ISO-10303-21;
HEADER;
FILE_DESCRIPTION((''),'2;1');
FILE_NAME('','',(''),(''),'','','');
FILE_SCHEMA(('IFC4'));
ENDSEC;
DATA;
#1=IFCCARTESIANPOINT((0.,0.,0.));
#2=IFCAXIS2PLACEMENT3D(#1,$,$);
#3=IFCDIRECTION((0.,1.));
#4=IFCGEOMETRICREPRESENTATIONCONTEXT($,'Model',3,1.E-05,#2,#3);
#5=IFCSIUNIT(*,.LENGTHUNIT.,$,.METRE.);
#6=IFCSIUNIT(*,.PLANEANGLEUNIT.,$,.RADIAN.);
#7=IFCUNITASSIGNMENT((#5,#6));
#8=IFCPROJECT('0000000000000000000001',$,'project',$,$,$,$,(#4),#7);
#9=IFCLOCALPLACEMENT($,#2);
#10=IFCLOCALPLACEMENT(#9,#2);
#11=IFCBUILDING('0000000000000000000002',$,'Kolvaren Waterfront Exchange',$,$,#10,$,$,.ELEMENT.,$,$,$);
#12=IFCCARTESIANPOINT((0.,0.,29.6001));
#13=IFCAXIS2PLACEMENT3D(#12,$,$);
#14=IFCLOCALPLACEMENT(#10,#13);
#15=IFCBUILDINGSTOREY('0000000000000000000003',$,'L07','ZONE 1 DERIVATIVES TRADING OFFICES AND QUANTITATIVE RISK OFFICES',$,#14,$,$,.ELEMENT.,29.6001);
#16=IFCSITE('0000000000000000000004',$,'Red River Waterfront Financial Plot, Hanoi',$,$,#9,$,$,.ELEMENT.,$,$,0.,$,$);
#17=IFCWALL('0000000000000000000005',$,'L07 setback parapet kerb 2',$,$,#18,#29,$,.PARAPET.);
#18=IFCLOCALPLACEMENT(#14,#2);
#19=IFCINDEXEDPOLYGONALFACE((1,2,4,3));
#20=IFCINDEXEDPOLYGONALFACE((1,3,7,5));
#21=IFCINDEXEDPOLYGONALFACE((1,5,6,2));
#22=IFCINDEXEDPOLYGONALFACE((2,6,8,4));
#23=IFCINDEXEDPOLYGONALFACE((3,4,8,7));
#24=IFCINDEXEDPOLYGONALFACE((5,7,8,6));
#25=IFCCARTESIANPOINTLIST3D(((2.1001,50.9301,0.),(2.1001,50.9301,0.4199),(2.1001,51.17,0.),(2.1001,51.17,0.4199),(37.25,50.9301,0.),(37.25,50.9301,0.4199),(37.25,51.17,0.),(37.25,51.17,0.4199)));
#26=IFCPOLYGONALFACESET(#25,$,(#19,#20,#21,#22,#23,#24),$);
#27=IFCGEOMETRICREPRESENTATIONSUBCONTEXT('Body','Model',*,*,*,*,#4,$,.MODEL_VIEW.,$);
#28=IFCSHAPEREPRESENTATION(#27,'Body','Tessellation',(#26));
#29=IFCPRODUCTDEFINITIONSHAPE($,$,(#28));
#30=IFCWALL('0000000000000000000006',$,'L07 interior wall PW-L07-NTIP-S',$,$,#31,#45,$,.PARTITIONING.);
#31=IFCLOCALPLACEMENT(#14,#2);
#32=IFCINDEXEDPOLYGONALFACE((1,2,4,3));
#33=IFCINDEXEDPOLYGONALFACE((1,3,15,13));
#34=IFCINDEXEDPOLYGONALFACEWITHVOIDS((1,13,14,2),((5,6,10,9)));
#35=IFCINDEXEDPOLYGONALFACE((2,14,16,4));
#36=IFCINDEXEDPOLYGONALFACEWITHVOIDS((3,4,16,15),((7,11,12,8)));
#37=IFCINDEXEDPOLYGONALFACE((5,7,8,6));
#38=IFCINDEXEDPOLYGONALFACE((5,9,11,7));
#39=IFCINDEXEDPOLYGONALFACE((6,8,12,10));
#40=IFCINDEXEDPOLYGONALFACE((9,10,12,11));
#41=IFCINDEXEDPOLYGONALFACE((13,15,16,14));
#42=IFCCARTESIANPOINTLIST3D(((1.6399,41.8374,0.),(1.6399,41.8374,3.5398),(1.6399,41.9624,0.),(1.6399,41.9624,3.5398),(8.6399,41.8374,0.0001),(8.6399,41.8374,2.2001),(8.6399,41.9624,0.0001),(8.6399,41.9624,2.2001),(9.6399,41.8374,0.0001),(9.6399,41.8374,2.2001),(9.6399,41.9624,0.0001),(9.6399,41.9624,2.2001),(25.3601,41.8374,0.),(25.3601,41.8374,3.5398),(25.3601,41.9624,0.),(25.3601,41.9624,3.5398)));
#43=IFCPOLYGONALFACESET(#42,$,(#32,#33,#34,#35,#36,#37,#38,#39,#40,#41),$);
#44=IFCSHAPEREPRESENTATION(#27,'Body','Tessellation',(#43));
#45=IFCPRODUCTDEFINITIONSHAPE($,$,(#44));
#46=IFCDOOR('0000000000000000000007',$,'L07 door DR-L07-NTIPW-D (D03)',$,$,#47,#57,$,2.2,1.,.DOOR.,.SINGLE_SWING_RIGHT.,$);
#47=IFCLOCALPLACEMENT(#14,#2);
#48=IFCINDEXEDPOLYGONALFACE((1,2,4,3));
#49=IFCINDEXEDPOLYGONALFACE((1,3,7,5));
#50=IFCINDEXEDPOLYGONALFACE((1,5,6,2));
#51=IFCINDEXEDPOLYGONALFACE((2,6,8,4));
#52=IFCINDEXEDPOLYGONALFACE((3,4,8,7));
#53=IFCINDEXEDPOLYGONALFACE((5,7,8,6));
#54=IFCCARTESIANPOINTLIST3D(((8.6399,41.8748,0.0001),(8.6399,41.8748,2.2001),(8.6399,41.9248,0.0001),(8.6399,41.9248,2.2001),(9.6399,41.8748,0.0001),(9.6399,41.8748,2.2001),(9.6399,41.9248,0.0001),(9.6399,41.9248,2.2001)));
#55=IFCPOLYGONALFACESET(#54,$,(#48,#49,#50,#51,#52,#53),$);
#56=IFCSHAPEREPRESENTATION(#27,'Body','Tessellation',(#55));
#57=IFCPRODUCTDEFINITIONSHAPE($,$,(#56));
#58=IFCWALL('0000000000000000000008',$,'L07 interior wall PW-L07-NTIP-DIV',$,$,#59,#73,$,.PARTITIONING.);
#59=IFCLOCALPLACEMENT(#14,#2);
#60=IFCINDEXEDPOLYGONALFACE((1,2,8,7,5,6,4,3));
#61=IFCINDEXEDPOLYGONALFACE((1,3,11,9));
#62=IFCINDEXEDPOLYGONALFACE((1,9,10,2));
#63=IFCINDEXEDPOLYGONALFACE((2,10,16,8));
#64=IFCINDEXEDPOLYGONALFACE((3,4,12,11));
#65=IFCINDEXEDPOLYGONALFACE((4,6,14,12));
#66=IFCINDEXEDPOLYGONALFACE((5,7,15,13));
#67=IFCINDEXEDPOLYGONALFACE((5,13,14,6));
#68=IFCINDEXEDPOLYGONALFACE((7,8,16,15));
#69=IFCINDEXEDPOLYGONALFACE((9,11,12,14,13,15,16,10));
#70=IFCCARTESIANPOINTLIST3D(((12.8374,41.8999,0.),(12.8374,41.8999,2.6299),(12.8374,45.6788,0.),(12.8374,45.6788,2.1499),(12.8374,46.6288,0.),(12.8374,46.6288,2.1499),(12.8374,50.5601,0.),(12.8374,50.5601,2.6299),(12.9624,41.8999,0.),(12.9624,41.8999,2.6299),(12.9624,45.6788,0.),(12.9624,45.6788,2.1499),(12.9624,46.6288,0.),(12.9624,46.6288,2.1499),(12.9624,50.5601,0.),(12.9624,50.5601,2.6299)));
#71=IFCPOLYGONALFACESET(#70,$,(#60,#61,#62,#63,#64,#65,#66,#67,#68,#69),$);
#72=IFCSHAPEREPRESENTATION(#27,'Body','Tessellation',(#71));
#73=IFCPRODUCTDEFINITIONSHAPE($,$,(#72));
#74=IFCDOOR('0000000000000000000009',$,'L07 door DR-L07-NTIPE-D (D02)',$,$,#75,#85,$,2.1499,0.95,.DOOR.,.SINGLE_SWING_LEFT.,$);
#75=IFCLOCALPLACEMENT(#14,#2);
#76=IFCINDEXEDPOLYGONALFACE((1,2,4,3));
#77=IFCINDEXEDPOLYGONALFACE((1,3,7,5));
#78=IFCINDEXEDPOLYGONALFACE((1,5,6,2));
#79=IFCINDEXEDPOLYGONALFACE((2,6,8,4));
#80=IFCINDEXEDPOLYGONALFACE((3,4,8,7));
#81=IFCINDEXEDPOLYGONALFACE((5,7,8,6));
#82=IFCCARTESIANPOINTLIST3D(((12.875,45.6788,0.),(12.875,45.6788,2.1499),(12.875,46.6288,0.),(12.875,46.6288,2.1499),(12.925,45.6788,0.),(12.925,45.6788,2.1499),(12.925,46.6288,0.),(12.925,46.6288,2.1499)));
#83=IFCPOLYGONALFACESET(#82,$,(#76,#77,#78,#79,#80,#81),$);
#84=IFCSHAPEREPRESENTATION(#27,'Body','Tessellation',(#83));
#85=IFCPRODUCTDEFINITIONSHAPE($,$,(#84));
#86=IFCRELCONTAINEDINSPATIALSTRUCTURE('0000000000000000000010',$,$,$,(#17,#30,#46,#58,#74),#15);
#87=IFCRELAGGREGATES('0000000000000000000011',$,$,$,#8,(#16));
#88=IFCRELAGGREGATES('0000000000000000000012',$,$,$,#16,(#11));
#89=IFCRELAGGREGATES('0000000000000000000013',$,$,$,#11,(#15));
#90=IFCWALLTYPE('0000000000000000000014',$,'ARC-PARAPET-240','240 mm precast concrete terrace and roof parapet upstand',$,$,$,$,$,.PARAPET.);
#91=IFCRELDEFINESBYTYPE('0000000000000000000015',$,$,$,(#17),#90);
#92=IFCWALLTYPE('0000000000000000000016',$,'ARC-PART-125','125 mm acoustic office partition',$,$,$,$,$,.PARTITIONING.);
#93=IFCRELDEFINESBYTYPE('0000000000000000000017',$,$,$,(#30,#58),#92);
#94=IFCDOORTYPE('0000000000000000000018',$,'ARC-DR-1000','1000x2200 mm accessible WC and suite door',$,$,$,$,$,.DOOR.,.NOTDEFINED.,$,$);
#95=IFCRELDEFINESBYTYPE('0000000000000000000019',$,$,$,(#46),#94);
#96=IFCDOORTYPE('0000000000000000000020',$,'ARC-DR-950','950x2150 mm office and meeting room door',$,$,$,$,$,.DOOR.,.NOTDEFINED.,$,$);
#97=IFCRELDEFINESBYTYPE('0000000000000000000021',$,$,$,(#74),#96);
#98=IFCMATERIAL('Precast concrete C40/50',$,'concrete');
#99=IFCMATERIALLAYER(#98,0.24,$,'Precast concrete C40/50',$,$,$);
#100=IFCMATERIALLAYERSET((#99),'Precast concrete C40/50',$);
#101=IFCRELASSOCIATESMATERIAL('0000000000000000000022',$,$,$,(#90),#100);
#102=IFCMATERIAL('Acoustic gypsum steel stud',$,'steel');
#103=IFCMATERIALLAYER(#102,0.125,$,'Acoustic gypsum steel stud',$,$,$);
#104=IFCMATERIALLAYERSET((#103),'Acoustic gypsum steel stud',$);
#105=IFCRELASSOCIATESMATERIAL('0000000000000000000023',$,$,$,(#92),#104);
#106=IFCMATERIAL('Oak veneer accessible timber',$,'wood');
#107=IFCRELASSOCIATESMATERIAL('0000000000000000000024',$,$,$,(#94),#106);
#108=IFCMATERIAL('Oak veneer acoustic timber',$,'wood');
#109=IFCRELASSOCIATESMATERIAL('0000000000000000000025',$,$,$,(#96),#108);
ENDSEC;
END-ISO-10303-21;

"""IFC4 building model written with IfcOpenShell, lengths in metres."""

from ifc_helpers import new_model, si_unit, direction, frame, frame_2d, origin, place, context, subcontext, project, spatial, rectangle, extrude, material, layer, layer_set, type_object, element, fill, save


model = new_model("IFC4")

# Units and contexts
model_context = context("Model", 3, precision=1e-05, world=origin(), true_north=direction((0.0, 1.0)))
body_context = subcontext(model_context, "Body", "Model", "MODEL_VIEW")
ifc_project = project(units=[si_unit("LENGTHUNIT", "METRE"), si_unit("PLANEANGLEUNIT", "RADIAN")], contexts=[model_context])

# Site, building, storey
site_placement = place(None, origin())
site = spatial("IfcSite", under=ifc_project, at=site_placement, Name="Red River Waterfront Financial Plot, Hanoi", CompositionType="ELEMENT", RefElevation=0.0)
building_placement = place(site_placement, origin())
building = spatial("IfcBuilding", under=site, at=building_placement, Name="Kolvaren Waterfront Exchange", CompositionType="ELEMENT")
storey_placement = place(building_placement, frame((0.0, 0.0, 29.6001)))
storey = spatial("IfcBuildingStorey", under=building, at=storey_placement, Name="L07", Description="ZONE 1 DERIVATIVES TRADING OFFICES AND QUANTITATIVE RISK OFFICES", CompositionType="ELEMENT", Elevation=29.6001)

# Wall
ifc_material_1 = material(Name="Precast concrete C40/50", Category="concrete")
ifc_layer_1 = layer(ifc_material_1, 0.24, Name="Precast concrete C40/50")
ifc_layer_set_1 = layer_set([ifc_layer_1], Name="Precast concrete C40/50")
wall_type_1 = type_object("IfcWallType", Name="ARC-PARAPET-240", Description="240 mm precast concrete terrace and roof parapet upstand", PredefinedType="PARAPET", material=ifc_layer_set_1)
wall_1_placement = place(storey_placement, frame((2.1001, 51.05, 0.0), z_axis=(0.0, 0.0, 1.0), x_axis=(1.0, 0.0, 0.0)))
element("IfcWall", 1, at=wall_1_placement, inside=storey, type_object=wall_type_1, Name="L07 setback parapet kerb 2", PredefinedType="PARAPET", context=body_context, shape_type="SweptSolid", body=[
    extrude(rectangle(XDim=35.1499, YDim=0.24, at=frame_2d((17.575, 0.0))), origin(), (0.0, 0.0, 1.0), 0.4199),
])

# Walls, openings, doors
ifc_material_2 = material(Name="Acoustic gypsum steel stud", Category="steel")
ifc_layer_2 = layer(ifc_material_2, 0.125, Name="Acoustic gypsum steel stud")
ifc_layer_set_2 = layer_set([ifc_layer_2], Name="Acoustic gypsum steel stud")
wall_type_2 = type_object("IfcWallType", Name="ARC-PART-125", Description="125 mm acoustic office partition", PredefinedType="PARTITIONING", material=ifc_layer_set_2)
wall_2_placement = place(storey_placement, frame((1.6399, 41.8999, 0.0), z_axis=(0.0, 0.0, 1.0), x_axis=(1.0, 0.0, 0.0)))
wall_2 = element("IfcWall", 2, at=wall_2_placement, inside=storey, type_object=wall_type_2, Name="L07 interior wall PW-L07-NTIP-S", PredefinedType="PARTITIONING", context=body_context, shape_type="SweptSolid", body=[
    extrude(rectangle(XDim=23.7202, YDim=0.125, at=frame_2d((11.8601, 0.0))), origin(), (0.0, 0.0, 1.0), 3.5398),
])
opening_1_placement = place(wall_2_placement, frame((7.0, 0.0, 0.0)))
opening_1 = element("IfcOpeningElement", 3, at=opening_1_placement, cuts=wall_2, PredefinedType="OPENING", context=body_context, shape_type="SweptSolid", body=[
    extrude(rectangle(XDim=1.0, YDim=2.2, at=frame_2d((0.5, 1.1001))), frame((0.0, 0.0725, 0.0), z_axis=(0.0, -1.0, 0.0), x_axis=(1.0, 0.0, 0.0)), (0.0, 0.0, 1.0), 0.145),
])
ifc_material_3 = material(Name="Oak veneer accessible timber", Category="wood")
door_type_1 = type_object("IfcDoorType", Name="ARC-DR-1000", Description="1000x2200 mm accessible WC and suite door", OperationType="NOTDEFINED", PredefinedType="DOOR", material=ifc_material_3)
door_1_placement = place(opening_1_placement, origin())
door_1 = element("IfcDoor", 4, at=door_1_placement, inside=storey, type_object=door_type_1, Name="L07 door DR-L07-NTIPW-D (D03)", OperationType="SINGLE_SWING_RIGHT", OverallHeight=2.2, OverallWidth=1.0, PredefinedType="DOOR", context=body_context, shape_type="SweptSolid", body=[
    extrude(rectangle(XDim=1.0, YDim=2.2, at=frame_2d((0.5, 1.1001))), frame((0.0, 0.0249, 0.0), z_axis=(0.0, -1.0, 0.0), x_axis=(1.0, 0.0, 0.0)), (0.0, 0.0, 1.0), 0.05),
])
fill(opening_1, door_1)
wall_3_placement = place(storey_placement, frame((12.8999, 41.8999, 0.0), z_axis=(0.0, 0.0, 1.0), x_axis=(0.0, 1.0, 0.0)))
wall_3 = element("IfcWall", 5, at=wall_3_placement, inside=storey, type_object=wall_type_2, Name="L07 interior wall PW-L07-NTIP-DIV", PredefinedType="PARTITIONING", context=body_context, shape_type="SweptSolid", body=[
    extrude(rectangle(XDim=8.6602, YDim=0.125, at=frame_2d((4.3301, 0.0))), origin(), (0.0, 0.0, 1.0), 2.6299),
])
opening_2_placement = place(wall_3_placement, frame((3.7788, 0.0, 0.0)))
opening_2 = element("IfcOpeningElement", 6, at=opening_2_placement, cuts=wall_3, PredefinedType="OPENING", context=body_context, shape_type="SweptSolid", body=[
    extrude(rectangle(XDim=0.95, YDim=2.1499, at=frame_2d((0.4751, 1.075))), frame((0.0, 0.0725, 0.0), z_axis=(0.0, -1.0, 0.0), x_axis=(1.0, 0.0, 0.0)), (0.0, 0.0, 1.0), 0.145),
])
ifc_material_4 = material(Name="Oak veneer acoustic timber", Category="wood")
door_type_2 = type_object("IfcDoorType", Name="ARC-DR-950", Description="950x2150 mm office and meeting room door", OperationType="NOTDEFINED", PredefinedType="DOOR", material=ifc_material_4)
door_2_placement = place(opening_2_placement, origin())
door_2 = element("IfcDoor", 7, at=door_2_placement, inside=storey, type_object=door_type_2, Name="L07 door DR-L07-NTIPE-D (D02)", OperationType="SINGLE_SWING_LEFT", OverallHeight=2.1499, OverallWidth=0.95, PredefinedType="DOOR", context=body_context, shape_type="SweptSolid", body=[
    extrude(rectangle(XDim=0.95, YDim=2.1499, at=frame_2d((0.4751, 1.075))), frame((0.0, 0.0249, 0.0), z_axis=(0.0, -1.0, 0.0), x_axis=(1.0, 0.0, 0.0)), (0.0, 0.0, 1.0), 0.05),
])
fill(opening_2, door_2)

save(model, "model.ifc")
